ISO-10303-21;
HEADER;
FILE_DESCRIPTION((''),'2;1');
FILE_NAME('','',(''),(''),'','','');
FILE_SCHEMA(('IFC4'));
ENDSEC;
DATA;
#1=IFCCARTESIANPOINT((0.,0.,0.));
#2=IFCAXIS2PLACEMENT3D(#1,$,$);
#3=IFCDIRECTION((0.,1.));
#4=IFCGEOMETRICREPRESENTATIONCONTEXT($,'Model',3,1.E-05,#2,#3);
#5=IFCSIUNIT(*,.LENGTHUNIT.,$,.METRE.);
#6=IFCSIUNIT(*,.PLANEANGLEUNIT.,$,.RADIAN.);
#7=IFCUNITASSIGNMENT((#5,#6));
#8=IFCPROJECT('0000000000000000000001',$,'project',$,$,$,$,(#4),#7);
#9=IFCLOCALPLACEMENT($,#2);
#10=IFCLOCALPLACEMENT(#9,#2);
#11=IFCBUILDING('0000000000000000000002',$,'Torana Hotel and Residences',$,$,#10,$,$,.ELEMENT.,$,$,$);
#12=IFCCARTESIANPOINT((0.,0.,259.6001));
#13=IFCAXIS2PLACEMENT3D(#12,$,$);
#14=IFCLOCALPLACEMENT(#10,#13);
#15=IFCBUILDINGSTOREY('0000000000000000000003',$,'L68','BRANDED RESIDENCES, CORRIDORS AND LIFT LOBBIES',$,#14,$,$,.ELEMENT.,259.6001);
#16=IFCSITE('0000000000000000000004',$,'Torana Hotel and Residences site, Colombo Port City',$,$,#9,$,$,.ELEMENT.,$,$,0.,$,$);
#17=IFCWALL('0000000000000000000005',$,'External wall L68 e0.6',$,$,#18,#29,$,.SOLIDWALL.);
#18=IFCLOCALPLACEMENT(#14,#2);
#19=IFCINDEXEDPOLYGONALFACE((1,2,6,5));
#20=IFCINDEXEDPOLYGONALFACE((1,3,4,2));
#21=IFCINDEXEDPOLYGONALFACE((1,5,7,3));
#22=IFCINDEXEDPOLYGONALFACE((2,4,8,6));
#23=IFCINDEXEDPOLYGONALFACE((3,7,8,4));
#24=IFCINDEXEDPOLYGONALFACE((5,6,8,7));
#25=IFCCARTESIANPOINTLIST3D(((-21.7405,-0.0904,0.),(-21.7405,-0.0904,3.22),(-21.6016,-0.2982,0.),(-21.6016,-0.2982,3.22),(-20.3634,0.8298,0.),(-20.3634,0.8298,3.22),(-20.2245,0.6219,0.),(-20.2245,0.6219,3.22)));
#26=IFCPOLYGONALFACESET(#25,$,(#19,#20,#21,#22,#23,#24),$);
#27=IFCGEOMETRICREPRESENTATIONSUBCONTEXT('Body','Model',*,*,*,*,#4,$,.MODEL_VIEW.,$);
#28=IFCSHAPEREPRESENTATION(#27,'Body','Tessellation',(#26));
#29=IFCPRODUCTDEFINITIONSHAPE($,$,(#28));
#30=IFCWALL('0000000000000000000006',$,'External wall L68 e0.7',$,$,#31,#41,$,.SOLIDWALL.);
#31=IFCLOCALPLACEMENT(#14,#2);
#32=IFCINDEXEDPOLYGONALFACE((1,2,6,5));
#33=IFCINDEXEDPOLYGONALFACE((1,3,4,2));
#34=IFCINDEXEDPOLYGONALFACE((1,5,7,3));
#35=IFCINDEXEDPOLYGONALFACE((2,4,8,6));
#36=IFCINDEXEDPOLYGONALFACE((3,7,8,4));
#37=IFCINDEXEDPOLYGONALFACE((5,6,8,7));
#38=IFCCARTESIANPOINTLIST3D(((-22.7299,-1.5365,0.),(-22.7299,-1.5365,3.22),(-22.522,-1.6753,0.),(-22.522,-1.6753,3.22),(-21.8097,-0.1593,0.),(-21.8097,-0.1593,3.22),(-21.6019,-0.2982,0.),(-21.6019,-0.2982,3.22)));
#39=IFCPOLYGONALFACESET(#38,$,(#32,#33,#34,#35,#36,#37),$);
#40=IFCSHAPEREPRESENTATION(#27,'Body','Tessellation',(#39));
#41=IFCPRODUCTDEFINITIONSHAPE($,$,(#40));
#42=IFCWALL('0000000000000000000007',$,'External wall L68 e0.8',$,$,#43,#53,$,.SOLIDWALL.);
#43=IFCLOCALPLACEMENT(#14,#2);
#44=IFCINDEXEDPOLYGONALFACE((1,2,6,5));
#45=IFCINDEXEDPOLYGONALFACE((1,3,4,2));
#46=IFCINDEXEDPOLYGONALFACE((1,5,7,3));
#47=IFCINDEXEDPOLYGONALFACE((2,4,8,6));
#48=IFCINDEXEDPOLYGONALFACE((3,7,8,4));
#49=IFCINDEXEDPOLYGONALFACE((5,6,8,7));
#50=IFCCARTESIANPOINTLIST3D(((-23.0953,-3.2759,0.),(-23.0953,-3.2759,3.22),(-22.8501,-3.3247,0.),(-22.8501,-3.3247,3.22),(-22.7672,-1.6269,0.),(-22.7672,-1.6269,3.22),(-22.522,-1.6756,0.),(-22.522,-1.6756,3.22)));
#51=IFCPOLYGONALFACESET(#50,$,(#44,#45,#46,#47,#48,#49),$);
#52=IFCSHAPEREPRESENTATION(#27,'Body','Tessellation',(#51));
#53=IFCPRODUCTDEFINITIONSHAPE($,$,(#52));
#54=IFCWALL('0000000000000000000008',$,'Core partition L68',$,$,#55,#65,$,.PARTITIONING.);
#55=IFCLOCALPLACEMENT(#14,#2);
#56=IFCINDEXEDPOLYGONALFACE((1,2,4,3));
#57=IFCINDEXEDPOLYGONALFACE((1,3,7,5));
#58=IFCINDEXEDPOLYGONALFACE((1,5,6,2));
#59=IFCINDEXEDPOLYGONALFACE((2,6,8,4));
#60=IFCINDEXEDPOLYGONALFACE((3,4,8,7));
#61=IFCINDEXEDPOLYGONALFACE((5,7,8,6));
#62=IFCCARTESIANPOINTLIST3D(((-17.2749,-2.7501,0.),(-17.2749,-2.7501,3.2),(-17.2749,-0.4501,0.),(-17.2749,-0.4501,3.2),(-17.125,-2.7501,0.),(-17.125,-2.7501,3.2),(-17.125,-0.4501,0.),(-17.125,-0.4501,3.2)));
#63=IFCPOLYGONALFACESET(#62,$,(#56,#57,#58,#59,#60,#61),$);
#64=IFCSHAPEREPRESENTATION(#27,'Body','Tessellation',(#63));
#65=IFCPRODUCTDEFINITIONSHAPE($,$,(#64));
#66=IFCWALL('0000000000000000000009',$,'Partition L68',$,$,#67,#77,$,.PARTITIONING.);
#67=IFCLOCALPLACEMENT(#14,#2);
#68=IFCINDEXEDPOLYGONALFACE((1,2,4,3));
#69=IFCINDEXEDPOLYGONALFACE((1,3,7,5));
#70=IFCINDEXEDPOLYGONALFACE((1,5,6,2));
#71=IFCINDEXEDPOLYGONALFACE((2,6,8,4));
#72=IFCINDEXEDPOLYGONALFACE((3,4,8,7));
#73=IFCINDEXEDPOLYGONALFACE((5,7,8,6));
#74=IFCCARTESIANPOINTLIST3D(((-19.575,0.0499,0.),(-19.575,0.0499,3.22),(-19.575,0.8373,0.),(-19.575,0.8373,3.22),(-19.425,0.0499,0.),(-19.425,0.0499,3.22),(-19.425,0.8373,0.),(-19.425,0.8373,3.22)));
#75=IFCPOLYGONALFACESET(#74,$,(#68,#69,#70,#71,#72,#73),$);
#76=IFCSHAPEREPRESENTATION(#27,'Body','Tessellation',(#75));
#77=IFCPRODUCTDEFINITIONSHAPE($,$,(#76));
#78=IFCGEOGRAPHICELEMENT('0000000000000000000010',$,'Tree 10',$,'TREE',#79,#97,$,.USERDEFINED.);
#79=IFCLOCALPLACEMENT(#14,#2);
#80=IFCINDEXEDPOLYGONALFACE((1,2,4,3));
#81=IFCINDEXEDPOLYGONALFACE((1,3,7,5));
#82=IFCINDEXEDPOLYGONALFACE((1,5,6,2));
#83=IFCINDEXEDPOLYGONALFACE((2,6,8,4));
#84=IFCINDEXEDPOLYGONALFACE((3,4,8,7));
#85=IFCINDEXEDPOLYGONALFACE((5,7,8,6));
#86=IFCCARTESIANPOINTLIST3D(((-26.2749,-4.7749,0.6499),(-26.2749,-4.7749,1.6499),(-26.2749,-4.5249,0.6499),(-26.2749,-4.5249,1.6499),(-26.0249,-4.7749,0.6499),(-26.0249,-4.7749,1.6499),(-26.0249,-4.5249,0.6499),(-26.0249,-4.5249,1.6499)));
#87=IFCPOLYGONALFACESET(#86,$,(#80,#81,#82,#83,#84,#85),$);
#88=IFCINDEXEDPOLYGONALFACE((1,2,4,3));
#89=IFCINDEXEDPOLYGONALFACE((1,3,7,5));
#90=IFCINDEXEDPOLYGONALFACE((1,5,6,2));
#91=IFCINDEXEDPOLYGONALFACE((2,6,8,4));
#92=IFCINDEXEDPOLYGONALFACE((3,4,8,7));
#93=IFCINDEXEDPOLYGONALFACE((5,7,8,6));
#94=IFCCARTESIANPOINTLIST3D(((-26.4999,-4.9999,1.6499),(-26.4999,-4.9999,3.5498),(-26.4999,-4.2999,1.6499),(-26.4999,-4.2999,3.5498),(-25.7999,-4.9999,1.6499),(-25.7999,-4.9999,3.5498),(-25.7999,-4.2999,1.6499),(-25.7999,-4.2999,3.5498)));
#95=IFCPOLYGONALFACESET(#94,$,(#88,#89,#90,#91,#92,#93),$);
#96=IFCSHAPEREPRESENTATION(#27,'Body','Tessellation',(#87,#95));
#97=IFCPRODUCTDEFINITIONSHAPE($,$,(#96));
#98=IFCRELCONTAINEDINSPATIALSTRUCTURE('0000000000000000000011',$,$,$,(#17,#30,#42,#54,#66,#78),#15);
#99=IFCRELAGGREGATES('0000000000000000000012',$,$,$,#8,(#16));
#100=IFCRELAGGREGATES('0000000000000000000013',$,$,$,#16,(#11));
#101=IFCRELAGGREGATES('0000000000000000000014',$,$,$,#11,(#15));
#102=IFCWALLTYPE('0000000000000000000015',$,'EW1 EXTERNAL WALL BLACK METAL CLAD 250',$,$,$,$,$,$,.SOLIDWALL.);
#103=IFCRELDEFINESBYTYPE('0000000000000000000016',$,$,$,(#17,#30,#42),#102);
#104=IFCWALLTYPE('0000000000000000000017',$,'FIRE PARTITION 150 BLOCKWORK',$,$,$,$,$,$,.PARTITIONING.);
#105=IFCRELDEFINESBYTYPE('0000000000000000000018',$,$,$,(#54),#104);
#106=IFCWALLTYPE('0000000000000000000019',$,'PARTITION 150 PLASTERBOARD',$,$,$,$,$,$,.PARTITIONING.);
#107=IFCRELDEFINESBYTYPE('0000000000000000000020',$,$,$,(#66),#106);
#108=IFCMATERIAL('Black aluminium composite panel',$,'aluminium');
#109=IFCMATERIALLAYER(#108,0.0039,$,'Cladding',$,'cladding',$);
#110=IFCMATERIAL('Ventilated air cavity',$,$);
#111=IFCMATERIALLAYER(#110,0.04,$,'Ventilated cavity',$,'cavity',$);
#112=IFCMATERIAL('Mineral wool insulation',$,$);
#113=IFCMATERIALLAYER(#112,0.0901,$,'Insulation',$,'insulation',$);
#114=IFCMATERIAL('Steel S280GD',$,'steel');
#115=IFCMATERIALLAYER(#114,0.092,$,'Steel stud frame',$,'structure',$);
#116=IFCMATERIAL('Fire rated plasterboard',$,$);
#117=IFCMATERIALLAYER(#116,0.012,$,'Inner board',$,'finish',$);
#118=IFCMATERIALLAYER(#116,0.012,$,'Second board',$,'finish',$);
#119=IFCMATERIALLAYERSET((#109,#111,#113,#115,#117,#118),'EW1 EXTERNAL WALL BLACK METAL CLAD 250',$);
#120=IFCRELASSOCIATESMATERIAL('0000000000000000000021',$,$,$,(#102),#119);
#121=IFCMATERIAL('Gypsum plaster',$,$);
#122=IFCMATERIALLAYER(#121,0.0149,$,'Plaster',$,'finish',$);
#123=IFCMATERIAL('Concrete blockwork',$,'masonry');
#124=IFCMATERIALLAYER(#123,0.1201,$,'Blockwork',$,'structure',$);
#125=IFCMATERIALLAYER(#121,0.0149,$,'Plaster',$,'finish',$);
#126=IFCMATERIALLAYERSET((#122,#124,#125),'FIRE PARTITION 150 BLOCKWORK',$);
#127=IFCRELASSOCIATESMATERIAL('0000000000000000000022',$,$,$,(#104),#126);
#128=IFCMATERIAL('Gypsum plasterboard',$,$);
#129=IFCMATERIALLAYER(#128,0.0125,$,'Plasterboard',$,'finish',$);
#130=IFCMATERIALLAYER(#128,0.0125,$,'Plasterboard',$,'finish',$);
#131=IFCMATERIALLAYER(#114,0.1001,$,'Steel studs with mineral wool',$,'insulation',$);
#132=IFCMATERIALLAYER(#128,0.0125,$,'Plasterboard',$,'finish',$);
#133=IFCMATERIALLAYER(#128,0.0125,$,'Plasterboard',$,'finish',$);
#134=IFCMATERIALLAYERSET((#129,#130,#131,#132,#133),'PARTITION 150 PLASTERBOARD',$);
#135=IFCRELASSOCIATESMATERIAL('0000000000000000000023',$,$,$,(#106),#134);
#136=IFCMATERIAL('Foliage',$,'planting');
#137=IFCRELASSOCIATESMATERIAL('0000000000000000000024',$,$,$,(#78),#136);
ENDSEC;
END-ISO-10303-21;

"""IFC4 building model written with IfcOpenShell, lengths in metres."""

from ifc_helpers import new_model, si_unit, direction, frame, frame_2d, origin, origin_2d, place, context, subcontext, project, spatial, rectangle, extrude, material, layer, layer_set, type_object, element, save


model = new_model("IFC4")

# Units and contexts
model_context = context("Model", 3, precision=1e-05, world=origin(), true_north=direction((0.0, 1.0)))
body_context = subcontext(model_context, "Body", "Model", "MODEL_VIEW")
ifc_project = project(units=[si_unit("LENGTHUNIT", "METRE"), si_unit("PLANEANGLEUNIT", "RADIAN")], contexts=[model_context])

# Site, building, storey
site_placement = place(None, origin())
site = spatial("IfcSite", under=ifc_project, at=site_placement, Name="Torana Hotel and Residences site, Colombo Port City", CompositionType="ELEMENT", RefElevation=0.0)
building_placement = place(site_placement, origin())
building = spatial("IfcBuilding", under=site, at=building_placement, Name="Torana Hotel and Residences", CompositionType="ELEMENT")
storey_placement = place(building_placement, frame((0.0, 0.0, 259.6001)))
storey = spatial("IfcBuildingStorey", under=building, at=storey_placement, Name="L68", Description="BRANDED RESIDENCES, CORRIDORS AND LIFT LOBBIES", CompositionType="ELEMENT", Elevation=259.6001)

# Walls
ifc_material_1 = material(Name="Black aluminium composite panel", Category="aluminium")
ifc_layer_1 = layer(ifc_material_1, 0.0039, Name="Cladding", Category="cladding")
ifc_material_2 = material(Name="Ventilated air cavity")
ifc_layer_2 = layer(ifc_material_2, 0.04, Name="Ventilated cavity", Category="cavity")
ifc_material_3 = material(Name="Mineral wool insulation")
ifc_layer_3 = layer(ifc_material_3, 0.0901, Name="Insulation", Category="insulation")
ifc_material_4 = material(Name="Steel S280GD", Category="steel")
ifc_layer_4 = layer(ifc_material_4, 0.092, Name="Steel stud frame", Category="structure")
ifc_material_5 = material(Name="Fire rated plasterboard")
ifc_layer_5 = layer(ifc_material_5, 0.012, Name="Inner board", Category="finish")
ifc_layer_6 = layer(ifc_material_5, 0.012, Name="Second board", Category="finish")
ifc_layer_set_1 = layer_set([ifc_layer_1, ifc_layer_2, ifc_layer_3, ifc_layer_4, ifc_layer_5, ifc_layer_6], Name="EW1 EXTERNAL WALL BLACK METAL CLAD 250")
wall_type_1 = type_object("IfcWallType", Name="EW1 EXTERNAL WALL BLACK METAL CLAD 250", PredefinedType="SOLIDWALL", material=ifc_layer_set_1)
for number, where, z_axis, x_axis, name in (
    (1, (-20.2939, 0.7258, 0.0), (0.0, 0.0, 1.0), (-0.831483, -0.55555, 0.0), "External wall L68 e0.6"),
    (2, (-21.7058, -0.2288, 0.0), (0.0, 0.0, 1.0), (-0.55555, -0.831483, 0.0), "External wall L68 e0.7"),
):
    element("IfcWall", number, at=place(storey_placement, frame(where, z_axis=z_axis, x_axis=x_axis)), inside=storey, type_object=wall_type_1, Name=name, PredefinedType="SOLIDWALL", context=body_context, shape_type="SweptSolid", body=[
        extrude(rectangle(XDim=1.6562, YDim=0.25, at=frame_2d((0.8281, 0.0))), origin(), (0.0, 0.0, 1.0), 3.22),
    ])
wall_1_placement = place(storey_placement, frame((-22.6445, -1.6511, 0.0), z_axis=(0.0, 0.0, 1.0), x_axis=(-0.195139, -0.980776, 0.0)))
element("IfcWall", 3, at=wall_1_placement, inside=storey, type_object=wall_type_1, Name="External wall L68 e0.8", PredefinedType="SOLIDWALL", context=body_context, shape_type="SweptSolid", body=[
    extrude(rectangle(XDim=1.6814, YDim=0.25, at=frame_2d((0.8408, 0.0))), origin(), (0.0, 0.0, 1.0), 3.22),
])

# Walls
ifc_material_6 = material(Name="Gypsum plaster")
ifc_layer_7 = layer(ifc_material_6, 0.0149, Name="Plaster", Category="finish")
ifc_material_7 = material(Name="Concrete blockwork", Category="masonry")
ifc_layer_8 = layer(ifc_material_7, 0.1201, Name="Blockwork", Category="structure")
ifc_layer_9 = layer(ifc_material_6, 0.0149, Name="Plaster", Category="finish")
ifc_layer_set_2 = layer_set([ifc_layer_7, ifc_layer_8, ifc_layer_9], Name="FIRE PARTITION 150 BLOCKWORK")
wall_type_2 = type_object("IfcWallType", Name="FIRE PARTITION 150 BLOCKWORK", PredefinedType="PARTITIONING", material=ifc_layer_set_2)
wall_2_placement = place(storey_placement, frame((-17.2, -2.75, 0.0), z_axis=(0.0, 0.0, 1.0), x_axis=(0.0, 1.0, 0.0)))
element("IfcWall", 4, at=wall_2_placement, inside=storey, type_object=wall_type_2, Name="Core partition L68", PredefinedType="PARTITIONING", context=body_context, shape_type="SweptSolid", body=[
    extrude(rectangle(XDim=2.3, YDim=0.1499, at=frame_2d((1.1499, 0.0))), origin(), (0.0, 0.0, 1.0), 3.2),
])
ifc_material_8 = material(Name="Gypsum plasterboard")
ifc_layer_10 = layer(ifc_material_8, 0.0125, Name="Plasterboard", Category="finish")
ifc_layer_11 = layer(ifc_material_8, 0.0125, Name="Plasterboard", Category="finish")
ifc_layer_12 = layer(ifc_material_4, 0.1001, Name="Steel studs with mineral wool", Category="insulation")
ifc_layer_13 = layer(ifc_material_8, 0.0125, Name="Plasterboard", Category="finish")
ifc_layer_14 = layer(ifc_material_8, 0.0125, Name="Plasterboard", Category="finish")
ifc_layer_set_3 = layer_set([ifc_layer_10, ifc_layer_11, ifc_layer_12, ifc_layer_13, ifc_layer_14], Name="PARTITION 150 PLASTERBOARD")
wall_type_3 = type_object("IfcWallType", Name="PARTITION 150 PLASTERBOARD", PredefinedType="PARTITIONING", material=ifc_layer_set_3)
wall_3_placement = place(storey_placement, frame((-19.5, 0.05, 0.0), z_axis=(0.0, 0.0, 1.0), x_axis=(0.0, 1.0, 0.0)))
element("IfcWall", 5, at=wall_3_placement, inside=storey, type_object=wall_type_3, Name="Partition L68", PredefinedType="PARTITIONING", context=body_context, shape_type="SweptSolid", body=[
    extrude(rectangle(XDim=0.7874, YDim=0.1499, at=frame_2d((0.3936, 0.0))), origin(), (0.0, 0.0, 1.0), 3.22),
])

# Geographic element
ifc_material_9 = material(Name="Foliage", Category="planting")
geographic_element_placement = place(storey_placement, frame((-26.1499, -4.6499, 0.6499), z_axis=(0.0, 0.0, 1.0), x_axis=(1.0, 0.0, 0.0)))
element("IfcGeographicElement", 6, at=geographic_element_placement, inside=storey, material=ifc_material_9, Name="Tree 10", ObjectType="TREE", PredefinedType="USERDEFINED", context=body_context, shape_type="SweptSolid", body=[
    extrude(rectangle(XDim=0.25, YDim=0.25, at=origin_2d()), origin(), (0.0, 0.0, 1.0), 1.0),
    extrude(rectangle(XDim=0.7, YDim=0.7, at=origin_2d()), frame((0.0, 0.0, 1.0)), (0.0, 0.0, 1.0), 1.8999),
])

save(model, "model.ifc")
